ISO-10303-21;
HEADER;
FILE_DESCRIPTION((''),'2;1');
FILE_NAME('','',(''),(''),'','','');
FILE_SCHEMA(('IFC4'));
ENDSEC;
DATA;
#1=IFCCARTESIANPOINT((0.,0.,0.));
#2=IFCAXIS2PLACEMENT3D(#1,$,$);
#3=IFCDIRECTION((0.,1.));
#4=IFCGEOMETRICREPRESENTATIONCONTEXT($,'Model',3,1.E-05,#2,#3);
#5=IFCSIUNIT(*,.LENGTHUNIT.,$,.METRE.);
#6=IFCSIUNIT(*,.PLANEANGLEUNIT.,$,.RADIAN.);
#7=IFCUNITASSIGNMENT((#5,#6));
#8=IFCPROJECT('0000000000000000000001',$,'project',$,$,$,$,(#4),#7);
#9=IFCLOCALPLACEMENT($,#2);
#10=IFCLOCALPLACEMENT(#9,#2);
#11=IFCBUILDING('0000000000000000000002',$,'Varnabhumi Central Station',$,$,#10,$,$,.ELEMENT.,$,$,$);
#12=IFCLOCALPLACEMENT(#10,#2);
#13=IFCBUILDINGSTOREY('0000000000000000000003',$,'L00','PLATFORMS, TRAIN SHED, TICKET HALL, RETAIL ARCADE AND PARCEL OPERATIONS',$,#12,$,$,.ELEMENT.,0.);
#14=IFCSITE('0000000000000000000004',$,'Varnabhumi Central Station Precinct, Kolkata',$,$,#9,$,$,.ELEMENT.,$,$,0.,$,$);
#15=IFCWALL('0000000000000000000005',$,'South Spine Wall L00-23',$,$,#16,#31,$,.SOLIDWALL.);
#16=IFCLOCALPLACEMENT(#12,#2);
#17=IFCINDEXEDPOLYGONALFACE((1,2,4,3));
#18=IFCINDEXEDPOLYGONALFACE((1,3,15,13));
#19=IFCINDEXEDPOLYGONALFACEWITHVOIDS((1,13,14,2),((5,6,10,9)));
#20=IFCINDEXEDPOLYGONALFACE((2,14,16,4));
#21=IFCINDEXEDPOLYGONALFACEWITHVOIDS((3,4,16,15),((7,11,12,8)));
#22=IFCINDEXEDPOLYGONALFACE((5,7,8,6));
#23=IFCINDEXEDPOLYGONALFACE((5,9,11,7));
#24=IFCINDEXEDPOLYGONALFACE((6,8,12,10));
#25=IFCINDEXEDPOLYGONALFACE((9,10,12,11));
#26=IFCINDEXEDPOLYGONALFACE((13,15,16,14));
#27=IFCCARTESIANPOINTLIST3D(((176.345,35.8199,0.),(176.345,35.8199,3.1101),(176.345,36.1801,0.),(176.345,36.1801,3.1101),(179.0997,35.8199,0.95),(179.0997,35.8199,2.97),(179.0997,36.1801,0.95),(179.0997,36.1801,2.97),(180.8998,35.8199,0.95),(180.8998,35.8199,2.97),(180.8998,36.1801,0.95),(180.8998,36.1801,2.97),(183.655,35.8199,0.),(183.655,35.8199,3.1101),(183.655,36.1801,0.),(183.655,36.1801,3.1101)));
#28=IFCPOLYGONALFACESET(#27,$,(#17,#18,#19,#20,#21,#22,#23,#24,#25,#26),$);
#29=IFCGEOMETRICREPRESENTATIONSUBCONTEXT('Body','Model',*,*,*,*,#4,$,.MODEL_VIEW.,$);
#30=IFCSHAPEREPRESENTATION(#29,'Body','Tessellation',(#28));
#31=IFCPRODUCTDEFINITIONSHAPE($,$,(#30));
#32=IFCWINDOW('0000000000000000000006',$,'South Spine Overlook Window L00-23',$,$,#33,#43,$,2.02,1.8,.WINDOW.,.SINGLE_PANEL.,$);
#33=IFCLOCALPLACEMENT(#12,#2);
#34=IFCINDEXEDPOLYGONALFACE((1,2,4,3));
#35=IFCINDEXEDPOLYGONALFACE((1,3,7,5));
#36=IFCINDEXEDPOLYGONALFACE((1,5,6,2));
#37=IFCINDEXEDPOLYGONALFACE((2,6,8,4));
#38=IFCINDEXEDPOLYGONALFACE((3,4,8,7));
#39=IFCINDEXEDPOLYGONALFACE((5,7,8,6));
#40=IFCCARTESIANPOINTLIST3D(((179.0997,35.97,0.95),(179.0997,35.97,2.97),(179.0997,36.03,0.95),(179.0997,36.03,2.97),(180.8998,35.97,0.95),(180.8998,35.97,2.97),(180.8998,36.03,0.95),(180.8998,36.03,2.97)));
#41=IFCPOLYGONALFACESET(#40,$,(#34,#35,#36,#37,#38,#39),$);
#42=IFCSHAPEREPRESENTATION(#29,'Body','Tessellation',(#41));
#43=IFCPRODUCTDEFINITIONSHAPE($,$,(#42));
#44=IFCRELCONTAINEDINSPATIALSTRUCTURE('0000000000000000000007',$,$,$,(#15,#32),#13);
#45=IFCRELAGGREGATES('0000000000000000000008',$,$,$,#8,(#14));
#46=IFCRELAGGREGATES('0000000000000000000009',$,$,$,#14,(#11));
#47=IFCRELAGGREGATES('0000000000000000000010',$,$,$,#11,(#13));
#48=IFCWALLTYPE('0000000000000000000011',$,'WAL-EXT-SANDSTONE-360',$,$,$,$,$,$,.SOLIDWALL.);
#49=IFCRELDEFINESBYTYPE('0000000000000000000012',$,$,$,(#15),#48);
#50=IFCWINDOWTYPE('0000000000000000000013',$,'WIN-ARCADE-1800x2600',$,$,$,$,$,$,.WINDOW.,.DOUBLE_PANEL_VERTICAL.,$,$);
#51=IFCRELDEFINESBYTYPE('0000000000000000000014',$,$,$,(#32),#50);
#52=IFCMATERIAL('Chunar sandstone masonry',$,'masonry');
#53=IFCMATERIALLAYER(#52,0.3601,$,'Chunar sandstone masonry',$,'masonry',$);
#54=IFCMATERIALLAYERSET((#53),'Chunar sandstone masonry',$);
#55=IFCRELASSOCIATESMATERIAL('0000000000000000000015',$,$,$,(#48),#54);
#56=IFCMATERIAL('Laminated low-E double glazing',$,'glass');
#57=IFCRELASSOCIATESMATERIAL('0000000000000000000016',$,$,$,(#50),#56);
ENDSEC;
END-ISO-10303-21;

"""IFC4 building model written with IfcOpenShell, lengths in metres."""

from ifc_helpers import new_model, si_unit, direction, frame, frame_2d, origin, place, context, subcontext, project, spatial, rectangle, extrude, material, layer, layer_set, type_object, element, fill, save


model = new_model("IFC4")

# Units and contexts
model_context = context("Model", 3, precision=1e-05, world=origin(), true_north=direction((0.0, 1.0)))
body_context = subcontext(model_context, "Body", "Model", "MODEL_VIEW")
ifc_project = project(units=[si_unit("LENGTHUNIT", "METRE"), si_unit("PLANEANGLEUNIT", "RADIAN")], contexts=[model_context])

# Site, building, storey
site_placement = place(None, origin())
site = spatial("IfcSite", under=ifc_project, at=site_placement, Name="Varnabhumi Central Station Precinct, Kolkata", CompositionType="ELEMENT", RefElevation=0.0)
building_placement = place(site_placement, origin())
building = spatial("IfcBuilding", under=site, at=building_placement, Name="Varnabhumi Central Station", CompositionType="ELEMENT")
storey_placement = place(building_placement, origin())
storey = spatial("IfcBuildingStorey", under=building, at=storey_placement, Name="L00", Description="PLATFORMS, TRAIN SHED, TICKET HALL, RETAIL ARCADE AND PARCEL OPERATIONS", CompositionType="ELEMENT", Elevation=0.0)

# Shared definitions
ifc_material_1 = material(Name="Laminated low-E double glazing", Category="glass")

# Wall, opening, window
ifc_material_2 = material(Name="Chunar sandstone masonry", Category="masonry")
ifc_layer_1 = layer(ifc_material_2, 0.3601, Name="Chunar sandstone masonry", Category="masonry")
ifc_layer_set_1 = layer_set([ifc_layer_1], Name="Chunar sandstone masonry")
wall_type = type_object("IfcWallType", Name="WAL-EXT-SANDSTONE-360", PredefinedType="SOLIDWALL", material=ifc_layer_set_1)
wall_placement = place(storey_placement, frame((176.345, 36.0, 0.0), z_axis=(0.0, 0.0, 1.0), x_axis=(1.0, 0.0, 0.0)))
wall = element("IfcWall", 1, at=wall_placement, inside=storey, type_object=wall_type, Name="South Spine Wall L00-23", PredefinedType="SOLIDWALL", context=body_context, shape_type="SweptSolid", body=[
    extrude(rectangle(XDim=7.3101, YDim=0.3601, at=frame_2d((3.655, 0.0))), origin(), (0.0, 0.0, 1.0), 3.1101),
])
opening_placement = place(wall_placement, frame((2.7549, 0.0, 0.95)))
opening = element("IfcOpeningElement", 2, at=opening_placement, cuts=wall, PredefinedType="OPENING", context=body_context, shape_type="SweptSolid", body=[
    extrude(rectangle(XDim=1.8, YDim=2.02, at=frame_2d((0.8999, 1.01))), frame((0.0, 0.1899, 0.0), z_axis=(0.0, -1.0, 0.0), x_axis=(1.0, 0.0, 0.0)), (0.0, 0.0, 1.0), 0.3801),
])
window_type = type_object("IfcWindowType", Name="WIN-ARCADE-1800x2600", PartitioningType="DOUBLE_PANEL_VERTICAL", PredefinedType="WINDOW", material=ifc_material_1)
window_placement = place(opening_placement, origin())
window = element("IfcWindow", 3, at=window_placement, inside=storey, type_object=window_type, Name="South Spine Overlook Window L00-23", OverallHeight=2.02, OverallWidth=1.8, PartitioningType="SINGLE_PANEL", PredefinedType="WINDOW", context=body_context, shape_type="SweptSolid", body=[
    extrude(rectangle(XDim=1.8, YDim=2.02, at=frame_2d((0.8999, 1.01))), frame((0.0, 0.03, 0.0), z_axis=(0.0, -1.0, 0.0), x_axis=(1.0, 0.0, 0.0)), (0.0, 0.0, 1.0), 0.0601),
])
fill(opening, window)

save(model, "model.ifc")
